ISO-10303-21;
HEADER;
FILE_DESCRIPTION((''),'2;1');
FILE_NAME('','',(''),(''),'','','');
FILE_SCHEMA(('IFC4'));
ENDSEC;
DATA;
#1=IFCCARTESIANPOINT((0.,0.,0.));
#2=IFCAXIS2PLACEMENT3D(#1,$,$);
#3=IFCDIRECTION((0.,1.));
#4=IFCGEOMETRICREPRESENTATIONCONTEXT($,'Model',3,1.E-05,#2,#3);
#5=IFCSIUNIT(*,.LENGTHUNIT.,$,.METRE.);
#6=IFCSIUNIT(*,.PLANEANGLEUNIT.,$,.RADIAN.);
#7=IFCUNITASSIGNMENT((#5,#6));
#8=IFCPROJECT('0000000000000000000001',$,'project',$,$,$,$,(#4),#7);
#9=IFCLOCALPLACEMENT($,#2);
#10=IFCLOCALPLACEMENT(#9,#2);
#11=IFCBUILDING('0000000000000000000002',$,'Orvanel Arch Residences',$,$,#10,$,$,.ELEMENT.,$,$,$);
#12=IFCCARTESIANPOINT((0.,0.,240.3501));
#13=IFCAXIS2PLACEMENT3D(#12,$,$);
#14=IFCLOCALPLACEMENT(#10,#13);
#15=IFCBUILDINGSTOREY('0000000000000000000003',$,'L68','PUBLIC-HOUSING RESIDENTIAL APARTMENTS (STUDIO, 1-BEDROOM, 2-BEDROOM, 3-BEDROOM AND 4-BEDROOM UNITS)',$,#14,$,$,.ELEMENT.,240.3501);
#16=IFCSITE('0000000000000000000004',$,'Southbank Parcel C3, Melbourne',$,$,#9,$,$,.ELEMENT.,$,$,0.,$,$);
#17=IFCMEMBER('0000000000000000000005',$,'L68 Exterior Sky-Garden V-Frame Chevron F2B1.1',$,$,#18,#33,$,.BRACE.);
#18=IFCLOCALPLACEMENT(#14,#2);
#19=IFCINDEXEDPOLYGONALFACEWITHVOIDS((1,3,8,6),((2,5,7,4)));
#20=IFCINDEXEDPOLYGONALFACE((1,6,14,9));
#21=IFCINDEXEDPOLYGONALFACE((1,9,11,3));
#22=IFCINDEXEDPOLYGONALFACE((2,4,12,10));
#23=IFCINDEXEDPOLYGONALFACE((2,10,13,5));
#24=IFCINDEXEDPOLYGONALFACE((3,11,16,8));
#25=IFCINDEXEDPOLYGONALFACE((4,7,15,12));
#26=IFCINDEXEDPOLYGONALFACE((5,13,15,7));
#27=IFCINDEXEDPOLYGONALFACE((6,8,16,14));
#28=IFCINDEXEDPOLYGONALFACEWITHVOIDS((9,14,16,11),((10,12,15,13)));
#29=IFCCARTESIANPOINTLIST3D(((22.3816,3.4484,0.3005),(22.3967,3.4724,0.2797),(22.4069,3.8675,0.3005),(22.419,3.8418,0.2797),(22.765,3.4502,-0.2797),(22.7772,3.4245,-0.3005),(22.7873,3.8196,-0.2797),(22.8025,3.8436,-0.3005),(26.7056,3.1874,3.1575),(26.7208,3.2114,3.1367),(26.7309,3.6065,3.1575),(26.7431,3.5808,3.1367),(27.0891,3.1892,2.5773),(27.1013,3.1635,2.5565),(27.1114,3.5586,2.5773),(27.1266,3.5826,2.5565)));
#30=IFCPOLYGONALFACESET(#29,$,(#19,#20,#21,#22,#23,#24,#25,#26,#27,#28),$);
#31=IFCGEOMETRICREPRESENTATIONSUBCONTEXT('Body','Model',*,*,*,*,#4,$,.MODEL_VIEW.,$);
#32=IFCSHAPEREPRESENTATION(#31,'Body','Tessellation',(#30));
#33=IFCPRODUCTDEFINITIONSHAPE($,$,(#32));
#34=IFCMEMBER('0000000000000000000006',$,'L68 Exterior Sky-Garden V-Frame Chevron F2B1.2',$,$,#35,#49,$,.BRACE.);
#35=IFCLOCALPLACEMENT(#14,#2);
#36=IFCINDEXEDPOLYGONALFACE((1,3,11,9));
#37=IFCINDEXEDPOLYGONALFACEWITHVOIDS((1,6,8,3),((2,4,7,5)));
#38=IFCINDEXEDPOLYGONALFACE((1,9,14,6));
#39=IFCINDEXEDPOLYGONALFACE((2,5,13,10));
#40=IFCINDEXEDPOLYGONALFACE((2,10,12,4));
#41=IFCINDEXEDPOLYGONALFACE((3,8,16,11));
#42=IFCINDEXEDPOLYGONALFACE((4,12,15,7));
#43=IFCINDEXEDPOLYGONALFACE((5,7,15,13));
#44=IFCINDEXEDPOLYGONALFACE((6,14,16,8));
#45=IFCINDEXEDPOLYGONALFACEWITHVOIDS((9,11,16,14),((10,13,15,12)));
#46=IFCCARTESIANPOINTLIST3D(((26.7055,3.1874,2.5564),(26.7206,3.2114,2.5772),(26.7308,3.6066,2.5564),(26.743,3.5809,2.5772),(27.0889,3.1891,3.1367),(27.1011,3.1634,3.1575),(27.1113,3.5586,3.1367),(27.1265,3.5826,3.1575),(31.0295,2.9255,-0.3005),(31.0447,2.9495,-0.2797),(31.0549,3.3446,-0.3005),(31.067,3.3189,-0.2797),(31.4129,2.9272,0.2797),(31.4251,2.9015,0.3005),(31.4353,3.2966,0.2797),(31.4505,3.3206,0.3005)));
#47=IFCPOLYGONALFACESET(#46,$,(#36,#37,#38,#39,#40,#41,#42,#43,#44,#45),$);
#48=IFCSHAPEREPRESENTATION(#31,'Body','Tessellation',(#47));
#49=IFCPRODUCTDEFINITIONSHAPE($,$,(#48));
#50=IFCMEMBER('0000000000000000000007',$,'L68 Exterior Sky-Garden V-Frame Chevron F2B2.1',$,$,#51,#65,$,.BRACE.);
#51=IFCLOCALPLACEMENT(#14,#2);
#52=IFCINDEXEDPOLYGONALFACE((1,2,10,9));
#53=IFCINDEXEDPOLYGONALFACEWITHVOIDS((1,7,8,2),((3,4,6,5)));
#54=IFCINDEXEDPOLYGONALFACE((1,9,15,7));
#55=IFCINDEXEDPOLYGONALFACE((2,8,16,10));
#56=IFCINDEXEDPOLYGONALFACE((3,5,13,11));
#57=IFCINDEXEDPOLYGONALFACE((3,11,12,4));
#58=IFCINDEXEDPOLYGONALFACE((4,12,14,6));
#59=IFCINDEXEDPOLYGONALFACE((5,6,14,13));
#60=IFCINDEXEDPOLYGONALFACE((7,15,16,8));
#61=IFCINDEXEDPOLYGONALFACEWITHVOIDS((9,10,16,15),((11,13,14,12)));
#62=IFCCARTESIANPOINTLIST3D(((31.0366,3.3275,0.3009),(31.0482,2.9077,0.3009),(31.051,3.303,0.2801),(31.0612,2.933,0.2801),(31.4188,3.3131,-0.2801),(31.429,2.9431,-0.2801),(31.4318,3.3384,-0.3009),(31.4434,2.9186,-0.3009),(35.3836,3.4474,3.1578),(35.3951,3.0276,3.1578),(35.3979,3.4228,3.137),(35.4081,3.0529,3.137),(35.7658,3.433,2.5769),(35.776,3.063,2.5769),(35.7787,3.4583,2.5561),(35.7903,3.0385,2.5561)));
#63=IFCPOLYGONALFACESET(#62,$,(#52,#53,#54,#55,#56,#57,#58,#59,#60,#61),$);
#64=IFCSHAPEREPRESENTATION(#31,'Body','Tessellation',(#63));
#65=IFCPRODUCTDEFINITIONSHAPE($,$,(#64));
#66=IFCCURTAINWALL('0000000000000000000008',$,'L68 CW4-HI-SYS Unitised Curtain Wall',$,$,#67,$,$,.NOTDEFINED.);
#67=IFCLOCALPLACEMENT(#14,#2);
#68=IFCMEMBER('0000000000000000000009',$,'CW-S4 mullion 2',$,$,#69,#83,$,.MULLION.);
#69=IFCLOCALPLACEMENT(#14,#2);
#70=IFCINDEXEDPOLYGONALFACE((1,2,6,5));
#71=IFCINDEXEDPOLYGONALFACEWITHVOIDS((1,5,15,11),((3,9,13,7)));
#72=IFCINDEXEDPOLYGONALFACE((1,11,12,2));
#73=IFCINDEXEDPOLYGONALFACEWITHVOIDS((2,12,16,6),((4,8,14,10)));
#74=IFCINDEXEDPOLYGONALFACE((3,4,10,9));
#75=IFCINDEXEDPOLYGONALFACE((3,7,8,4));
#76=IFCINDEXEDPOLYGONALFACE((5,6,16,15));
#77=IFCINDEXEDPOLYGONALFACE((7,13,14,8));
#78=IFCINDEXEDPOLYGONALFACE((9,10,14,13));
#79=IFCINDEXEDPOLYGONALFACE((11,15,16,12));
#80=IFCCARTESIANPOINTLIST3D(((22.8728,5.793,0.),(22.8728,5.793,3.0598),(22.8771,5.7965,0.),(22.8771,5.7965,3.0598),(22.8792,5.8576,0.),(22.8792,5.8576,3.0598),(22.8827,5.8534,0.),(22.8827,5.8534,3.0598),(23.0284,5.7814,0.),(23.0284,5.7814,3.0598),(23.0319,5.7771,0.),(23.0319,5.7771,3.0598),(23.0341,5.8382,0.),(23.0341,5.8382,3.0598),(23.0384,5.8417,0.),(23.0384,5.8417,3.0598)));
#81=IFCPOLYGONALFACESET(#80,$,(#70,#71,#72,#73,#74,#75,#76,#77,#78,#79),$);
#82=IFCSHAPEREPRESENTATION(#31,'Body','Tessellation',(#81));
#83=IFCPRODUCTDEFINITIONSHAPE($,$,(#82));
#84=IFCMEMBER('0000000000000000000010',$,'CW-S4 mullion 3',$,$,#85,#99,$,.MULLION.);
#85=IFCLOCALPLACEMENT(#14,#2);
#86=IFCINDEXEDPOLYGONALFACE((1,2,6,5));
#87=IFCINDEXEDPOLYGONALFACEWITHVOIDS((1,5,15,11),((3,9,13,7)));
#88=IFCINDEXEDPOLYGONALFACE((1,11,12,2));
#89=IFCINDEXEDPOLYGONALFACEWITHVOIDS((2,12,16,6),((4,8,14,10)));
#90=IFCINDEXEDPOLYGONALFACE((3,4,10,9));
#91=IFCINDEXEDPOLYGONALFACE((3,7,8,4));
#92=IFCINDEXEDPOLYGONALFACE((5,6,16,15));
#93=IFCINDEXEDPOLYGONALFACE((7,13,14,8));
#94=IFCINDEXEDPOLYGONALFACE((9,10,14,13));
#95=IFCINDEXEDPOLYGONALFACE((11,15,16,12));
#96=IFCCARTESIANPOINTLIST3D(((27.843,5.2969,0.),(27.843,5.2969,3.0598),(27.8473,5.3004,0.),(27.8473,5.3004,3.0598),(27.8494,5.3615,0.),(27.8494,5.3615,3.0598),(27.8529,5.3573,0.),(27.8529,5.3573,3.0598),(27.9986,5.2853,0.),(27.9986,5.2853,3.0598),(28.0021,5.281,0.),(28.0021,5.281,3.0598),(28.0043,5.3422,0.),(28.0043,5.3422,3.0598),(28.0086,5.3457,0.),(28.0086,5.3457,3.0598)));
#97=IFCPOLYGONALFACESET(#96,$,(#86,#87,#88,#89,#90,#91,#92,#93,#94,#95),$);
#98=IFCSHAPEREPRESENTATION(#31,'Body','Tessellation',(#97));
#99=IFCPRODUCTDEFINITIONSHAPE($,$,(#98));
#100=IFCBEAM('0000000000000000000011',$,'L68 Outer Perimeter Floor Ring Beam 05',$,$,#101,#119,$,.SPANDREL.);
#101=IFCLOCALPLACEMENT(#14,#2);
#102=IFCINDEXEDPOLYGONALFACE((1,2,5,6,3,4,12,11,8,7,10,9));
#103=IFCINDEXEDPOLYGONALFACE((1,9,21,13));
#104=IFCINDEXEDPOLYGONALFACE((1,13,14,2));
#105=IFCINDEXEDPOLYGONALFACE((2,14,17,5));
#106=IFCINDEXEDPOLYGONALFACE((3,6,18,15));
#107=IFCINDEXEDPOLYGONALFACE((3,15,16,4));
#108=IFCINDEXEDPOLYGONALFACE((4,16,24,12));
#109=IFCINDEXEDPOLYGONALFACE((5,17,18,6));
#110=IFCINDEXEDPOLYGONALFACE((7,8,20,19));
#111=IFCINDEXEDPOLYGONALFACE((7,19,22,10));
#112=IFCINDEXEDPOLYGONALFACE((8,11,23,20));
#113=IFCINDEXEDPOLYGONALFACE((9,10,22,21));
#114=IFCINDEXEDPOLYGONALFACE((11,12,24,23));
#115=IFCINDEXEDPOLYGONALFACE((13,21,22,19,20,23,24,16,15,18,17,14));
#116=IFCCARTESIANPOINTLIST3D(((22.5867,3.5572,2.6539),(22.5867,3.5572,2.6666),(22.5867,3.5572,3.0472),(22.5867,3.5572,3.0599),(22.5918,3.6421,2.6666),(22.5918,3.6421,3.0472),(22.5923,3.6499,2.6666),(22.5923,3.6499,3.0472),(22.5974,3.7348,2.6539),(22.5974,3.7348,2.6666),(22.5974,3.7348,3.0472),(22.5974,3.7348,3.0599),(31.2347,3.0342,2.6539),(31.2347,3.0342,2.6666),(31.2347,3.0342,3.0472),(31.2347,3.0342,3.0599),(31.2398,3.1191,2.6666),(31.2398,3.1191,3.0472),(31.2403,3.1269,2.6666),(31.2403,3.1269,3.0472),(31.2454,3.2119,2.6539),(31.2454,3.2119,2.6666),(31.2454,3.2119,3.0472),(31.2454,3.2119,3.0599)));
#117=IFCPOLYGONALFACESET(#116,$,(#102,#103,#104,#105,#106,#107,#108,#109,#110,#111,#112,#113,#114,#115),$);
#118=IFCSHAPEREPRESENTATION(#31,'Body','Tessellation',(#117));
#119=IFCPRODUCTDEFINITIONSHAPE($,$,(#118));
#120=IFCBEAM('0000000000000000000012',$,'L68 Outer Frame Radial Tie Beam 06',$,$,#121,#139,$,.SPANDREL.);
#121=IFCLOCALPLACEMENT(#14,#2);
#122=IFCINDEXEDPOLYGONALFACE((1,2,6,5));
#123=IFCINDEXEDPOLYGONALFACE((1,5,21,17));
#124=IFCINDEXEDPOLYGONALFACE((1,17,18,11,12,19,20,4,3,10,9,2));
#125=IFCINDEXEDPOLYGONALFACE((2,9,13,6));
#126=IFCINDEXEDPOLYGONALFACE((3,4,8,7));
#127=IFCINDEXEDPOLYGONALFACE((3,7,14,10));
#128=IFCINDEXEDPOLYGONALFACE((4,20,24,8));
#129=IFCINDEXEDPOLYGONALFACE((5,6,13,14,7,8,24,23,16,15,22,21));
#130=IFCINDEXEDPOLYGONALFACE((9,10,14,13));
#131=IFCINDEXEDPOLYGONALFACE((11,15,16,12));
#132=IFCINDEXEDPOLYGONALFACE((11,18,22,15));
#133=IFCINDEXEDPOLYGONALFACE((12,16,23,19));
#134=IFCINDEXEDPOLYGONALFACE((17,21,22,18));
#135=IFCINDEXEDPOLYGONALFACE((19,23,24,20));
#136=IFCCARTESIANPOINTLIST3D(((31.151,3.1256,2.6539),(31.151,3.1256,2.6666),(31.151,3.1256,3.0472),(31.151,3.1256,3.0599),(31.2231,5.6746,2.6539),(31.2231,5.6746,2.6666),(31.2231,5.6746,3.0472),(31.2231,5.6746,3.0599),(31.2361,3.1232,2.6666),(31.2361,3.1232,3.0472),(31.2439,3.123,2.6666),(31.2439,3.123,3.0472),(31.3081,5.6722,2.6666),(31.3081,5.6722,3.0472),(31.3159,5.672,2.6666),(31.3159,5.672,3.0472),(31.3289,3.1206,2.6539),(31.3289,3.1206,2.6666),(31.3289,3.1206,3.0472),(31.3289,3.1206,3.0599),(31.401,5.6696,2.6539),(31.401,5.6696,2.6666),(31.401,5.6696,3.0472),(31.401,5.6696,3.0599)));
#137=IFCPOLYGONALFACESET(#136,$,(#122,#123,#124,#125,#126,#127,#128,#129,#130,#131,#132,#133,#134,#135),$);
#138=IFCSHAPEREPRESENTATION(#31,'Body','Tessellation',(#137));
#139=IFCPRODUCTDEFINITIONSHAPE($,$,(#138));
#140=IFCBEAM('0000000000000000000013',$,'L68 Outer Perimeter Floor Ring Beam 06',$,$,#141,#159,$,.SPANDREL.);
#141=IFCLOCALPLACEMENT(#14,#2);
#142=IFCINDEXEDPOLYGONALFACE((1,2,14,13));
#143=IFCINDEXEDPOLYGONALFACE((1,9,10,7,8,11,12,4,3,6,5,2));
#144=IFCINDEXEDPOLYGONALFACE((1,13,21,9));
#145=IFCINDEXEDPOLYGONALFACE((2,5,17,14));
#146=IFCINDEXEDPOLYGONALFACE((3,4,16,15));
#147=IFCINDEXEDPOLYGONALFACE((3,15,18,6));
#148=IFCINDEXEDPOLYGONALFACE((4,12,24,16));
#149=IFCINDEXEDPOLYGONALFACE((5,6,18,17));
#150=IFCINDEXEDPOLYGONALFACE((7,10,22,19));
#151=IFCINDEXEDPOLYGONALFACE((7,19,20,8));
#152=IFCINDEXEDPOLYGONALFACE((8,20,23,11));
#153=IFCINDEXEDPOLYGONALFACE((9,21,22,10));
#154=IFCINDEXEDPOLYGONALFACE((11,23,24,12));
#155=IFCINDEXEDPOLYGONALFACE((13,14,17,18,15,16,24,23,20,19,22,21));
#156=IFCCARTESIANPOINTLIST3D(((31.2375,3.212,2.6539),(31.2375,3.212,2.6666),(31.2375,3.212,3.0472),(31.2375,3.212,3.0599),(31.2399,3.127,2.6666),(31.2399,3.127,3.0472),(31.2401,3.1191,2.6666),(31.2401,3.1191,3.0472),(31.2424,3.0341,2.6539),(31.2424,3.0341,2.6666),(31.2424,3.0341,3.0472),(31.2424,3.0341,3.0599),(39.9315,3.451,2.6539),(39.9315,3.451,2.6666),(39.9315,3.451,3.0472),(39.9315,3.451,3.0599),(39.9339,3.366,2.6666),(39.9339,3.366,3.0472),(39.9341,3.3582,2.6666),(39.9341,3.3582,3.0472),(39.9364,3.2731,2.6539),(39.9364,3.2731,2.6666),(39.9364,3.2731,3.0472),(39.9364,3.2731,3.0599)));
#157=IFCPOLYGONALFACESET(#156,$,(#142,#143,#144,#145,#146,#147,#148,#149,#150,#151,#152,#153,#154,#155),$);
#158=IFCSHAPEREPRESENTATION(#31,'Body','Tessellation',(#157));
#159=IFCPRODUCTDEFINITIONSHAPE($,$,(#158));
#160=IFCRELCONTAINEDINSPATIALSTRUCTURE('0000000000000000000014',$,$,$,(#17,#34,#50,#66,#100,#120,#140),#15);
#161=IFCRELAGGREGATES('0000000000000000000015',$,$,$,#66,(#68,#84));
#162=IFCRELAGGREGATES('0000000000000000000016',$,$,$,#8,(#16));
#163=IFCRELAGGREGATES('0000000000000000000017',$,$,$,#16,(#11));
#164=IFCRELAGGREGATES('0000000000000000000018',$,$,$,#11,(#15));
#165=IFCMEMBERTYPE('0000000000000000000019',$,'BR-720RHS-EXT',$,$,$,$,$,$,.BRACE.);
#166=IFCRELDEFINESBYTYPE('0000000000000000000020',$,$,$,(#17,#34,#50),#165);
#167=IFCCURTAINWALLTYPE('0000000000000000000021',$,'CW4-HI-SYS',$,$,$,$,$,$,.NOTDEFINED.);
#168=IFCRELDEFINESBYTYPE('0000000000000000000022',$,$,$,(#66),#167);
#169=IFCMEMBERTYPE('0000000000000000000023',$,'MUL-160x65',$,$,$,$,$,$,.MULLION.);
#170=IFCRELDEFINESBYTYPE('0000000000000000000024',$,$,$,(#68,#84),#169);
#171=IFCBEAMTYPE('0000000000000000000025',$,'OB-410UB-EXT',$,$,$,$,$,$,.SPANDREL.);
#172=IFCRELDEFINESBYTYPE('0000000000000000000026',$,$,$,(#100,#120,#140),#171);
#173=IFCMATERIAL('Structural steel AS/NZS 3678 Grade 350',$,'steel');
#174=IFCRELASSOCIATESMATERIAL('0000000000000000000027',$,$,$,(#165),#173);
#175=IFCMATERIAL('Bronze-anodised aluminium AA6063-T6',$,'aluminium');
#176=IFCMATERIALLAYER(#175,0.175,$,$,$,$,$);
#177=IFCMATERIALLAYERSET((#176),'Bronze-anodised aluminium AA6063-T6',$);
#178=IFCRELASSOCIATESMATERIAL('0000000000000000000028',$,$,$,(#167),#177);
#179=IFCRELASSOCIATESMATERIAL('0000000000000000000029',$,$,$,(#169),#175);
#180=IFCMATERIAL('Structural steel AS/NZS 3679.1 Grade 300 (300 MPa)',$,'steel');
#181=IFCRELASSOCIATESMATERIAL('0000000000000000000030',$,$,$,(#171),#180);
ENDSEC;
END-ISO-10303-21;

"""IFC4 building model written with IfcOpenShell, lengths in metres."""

from ifc_helpers import new_model, si_unit, direction, frame, origin, origin_2d, place, context, subcontext, project, spatial, hollow_rectangle, i_section, extrude, material, layer, layer_set, material_profile, profile_set, type_object, element, aggregate, save


model = new_model("IFC4")

# Units and contexts
model_context = context("Model", 3, precision=1e-05, world=origin(), true_north=direction((0.0, 1.0)))
body_context = subcontext(model_context, "Body", "Model", "MODEL_VIEW")
ifc_project = project(units=[si_unit("LENGTHUNIT", "METRE"), si_unit("PLANEANGLEUNIT", "RADIAN")], contexts=[model_context])

# Site, building, storey
site_placement = place(None, origin())
site = spatial("IfcSite", under=ifc_project, at=site_placement, Name="Southbank Parcel C3, Melbourne", CompositionType="ELEMENT", RefElevation=0.0)
building_placement = place(site_placement, origin())
building = spatial("IfcBuilding", under=site, at=building_placement, Name="Orvanel Arch Residences", CompositionType="ELEMENT")
storey_placement = place(building_placement, frame((0.0, 0.0, 240.3501)))
storey = spatial("IfcBuildingStorey", under=building, at=storey_placement, Name="L68", Description="PUBLIC-HOUSING RESIDENTIAL APARTMENTS (STUDIO, 1-BEDROOM, 2-BEDROOM, 3-BEDROOM AND 4-BEDROOM UNITS)", CompositionType="ELEMENT", Elevation=240.3501)

# Members
ifc_material_1 = material(Name="Structural steel AS/NZS 3678 Grade 350", Category="steel")
ifc_material_profile_1 = material_profile(ifc_material_1, hollow_rectangle(XDim=0.4199, YDim=0.72, WallThickness=0.0249, at=origin_2d()), Name="RHS720x420x25")
ifc_profile_set_1 = profile_set([ifc_material_profile_1], Name="Structural steel AS/NZS 3678 Grade 350")
member_type_1 = type_object("IfcMemberType", Name="BR-720RHS-EXT", PredefinedType="BRACE", material=ifc_profile_set_1)
for number, where, z_axis, x_axis, name in (
    (1, (22.592, 3.646, 0.0), (0.833277, -0.050295, 0.550563), (0.060248, 0.998183, 0.0), "L68 Exterior Sky-Garden V-Frame Chevron F2B1.1"),
    (2, (31.24, 3.123, 0.0), (-0.83327, 0.050483, 0.550557), (-0.060473, -0.99817, 0.0), "L68 Exterior Sky-Garden V-Frame Chevron F2B1.2"),
):
    element("IfcMember", number, at=place(storey_placement, frame(where, z_axis=z_axis, x_axis=x_axis)), inside=storey, type_object=member_type_1, Name=name, PredefinedType="BRACE", context=body_context, shape_type="SweptSolid", body=[
        extrude(hollow_rectangle(XDim=0.4199, YDim=0.72, WallThickness=0.0249, at=origin_2d()), origin(), (0.0, 0.0, 1.0), 5.1892),
    ])
member_1_placement = place(storey_placement, frame((31.24, 3.123, 0.0), z_axis=(0.83545, 0.023039, 0.549084), x_axis=(-0.027566, 0.99962, 0.0)))
element("IfcMember", 3, at=member_1_placement, inside=storey, type_object=member_type_1, Name="L68 Exterior Sky-Garden V-Frame Chevron F2B2.1", PredefinedType="BRACE", context=body_context, shape_type="SweptSolid", body=[
    extrude(hollow_rectangle(XDim=0.4199, YDim=0.72, WallThickness=0.0249, at=origin_2d()), origin(), (0.0, 0.0, 1.0), 5.2031),
])

# Curtain wall, members
ifc_material_2 = material(Name="Bronze-anodised aluminium AA6063-T6", Category="aluminium")
ifc_layer_1 = layer(ifc_material_2, 0.175)
ifc_layer_set_1 = layer_set([ifc_layer_1], Name="Bronze-anodised aluminium AA6063-T6")
curtain_wall_type = type_object("IfcCurtainWallType", Name="CW4-HI-SYS", PredefinedType="NOTDEFINED", material=ifc_layer_set_1)
curtain_wall_placement = place(storey_placement, origin())
curtain_wall = element("IfcCurtainWall", 4, at=curtain_wall_placement, inside=storey, type_object=curtain_wall_type, Name="L68 CW4-HI-SYS Unitised Curtain Wall", PredefinedType="NOTDEFINED")
ifc_material_profile_2 = material_profile(ifc_material_2, hollow_rectangle(XDim=0.0649, YDim=0.1599, WallThickness=0.0039, at=origin_2d()), Name="ALU160x65x4")
ifc_profile_set_2 = profile_set([ifc_material_profile_2], Name="Bronze-anodised aluminium AA6063-T6")
member_type_2 = type_object("IfcMemberType", Name="MUL-160x65", PredefinedType="MULLION", material=ifc_profile_set_2)
member_2_placement = place(storey_placement, frame((22.9556, 5.8174, 0.0), z_axis=(0.0, 0.0, 1.0), x_axis=(0.099356, 0.995052, 0.0)))
member_2 = element("IfcMember", 5, at=member_2_placement, type_object=member_type_2, Name="CW-S4 mullion 2", PredefinedType="MULLION", context=body_context, shape_type="SweptSolid", body=[
    extrude(hollow_rectangle(XDim=0.0649, YDim=0.1599, WallThickness=0.0039, at=origin_2d()), origin(), (0.0, 0.0, 1.0), 3.0598),
])
member_3_placement = place(storey_placement, frame((27.9258, 5.3213, 0.0), z_axis=(0.0, 0.0, 1.0), x_axis=(0.099356, 0.995052, 0.0)))
member_3 = element("IfcMember", 6, at=member_3_placement, type_object=member_type_2, Name="CW-S4 mullion 3", PredefinedType="MULLION", context=body_context, shape_type="SweptSolid", body=[
    extrude(hollow_rectangle(XDim=0.0649, YDim=0.1599, WallThickness=0.0039, at=origin_2d()), origin(), (0.0, 0.0, 1.0), 3.0598),
])

# Beams
ifc_material_3 = material(Name="Structural steel AS/NZS 3679.1 Grade 300 (300 MPa)", Category="steel")
ifc_material_profile_3 = material_profile(ifc_material_3, i_section(OverallWidth=0.178, OverallDepth=0.406, WebThickness=0.0078, FlangeThickness=0.0127, at=origin_2d()), Name="410UB59.7")
ifc_profile_set_3 = profile_set([ifc_material_profile_3], Name="Structural steel AS/NZS 3679.1 Grade 300 (300 MPa)")
beam_type = type_object("IfcBeamType", Name="OB-410UB-EXT", PredefinedType="SPANDREL", material=ifc_profile_set_3)
beam_1_placement = place(storey_placement, frame((22.592, 3.646, 2.8569), z_axis=(0.998177, -0.060361, 0.0), x_axis=(0.060361, 0.998177, 0.0)))
element("IfcBeam", 7, at=beam_1_placement, inside=storey, type_object=beam_type, Name="L68 Outer Perimeter Floor Ring Beam 05", PredefinedType="SPANDREL", context=body_context, shape_type="SweptSolid", body=[
    extrude(i_section(OverallWidth=0.178, OverallDepth=0.406, WebThickness=0.0078, FlangeThickness=0.0127, at=origin_2d()), origin(), (0.0, 0.0, 1.0), 8.6638),
])
beam_2_placement = place(storey_placement, frame((31.312, 5.6721, 2.8569), z_axis=(-0.028243, -0.999601, 0.0), x_axis=(0.999601, -0.028243, 0.0)))
element("IfcBeam", 8, at=beam_2_placement, inside=storey, type_object=beam_type, Name="L68 Outer Frame Radial Tie Beam 06", PredefinedType="SPANDREL", context=body_context, shape_type="SweptSolid", body=[
    extrude(i_section(OverallWidth=0.178, OverallDepth=0.406, WebThickness=0.0078, FlangeThickness=0.0127, at=origin_2d()), origin(), (0.0, 0.0, 1.0), 2.55),
])
beam_3_placement = place(storey_placement, frame((31.24, 3.123, 2.8569), z_axis=(0.999622, 0.027481, 0.0), x_axis=(-0.027481, 0.999622, 0.0)))
element("IfcBeam", 9, at=beam_3_placement, inside=storey, type_object=beam_type, Name="L68 Outer Perimeter Floor Ring Beam 06", PredefinedType="SPANDREL", context=body_context, shape_type="SweptSolid", body=[
    extrude(i_section(OverallWidth=0.178, OverallDepth=0.406, WebThickness=0.0078, FlangeThickness=0.0127, at=origin_2d()), origin(), (0.0, 0.0, 1.0), 8.6973),
])

aggregate(curtain_wall, [member_2, member_3])

save(model, "model.ifc")
